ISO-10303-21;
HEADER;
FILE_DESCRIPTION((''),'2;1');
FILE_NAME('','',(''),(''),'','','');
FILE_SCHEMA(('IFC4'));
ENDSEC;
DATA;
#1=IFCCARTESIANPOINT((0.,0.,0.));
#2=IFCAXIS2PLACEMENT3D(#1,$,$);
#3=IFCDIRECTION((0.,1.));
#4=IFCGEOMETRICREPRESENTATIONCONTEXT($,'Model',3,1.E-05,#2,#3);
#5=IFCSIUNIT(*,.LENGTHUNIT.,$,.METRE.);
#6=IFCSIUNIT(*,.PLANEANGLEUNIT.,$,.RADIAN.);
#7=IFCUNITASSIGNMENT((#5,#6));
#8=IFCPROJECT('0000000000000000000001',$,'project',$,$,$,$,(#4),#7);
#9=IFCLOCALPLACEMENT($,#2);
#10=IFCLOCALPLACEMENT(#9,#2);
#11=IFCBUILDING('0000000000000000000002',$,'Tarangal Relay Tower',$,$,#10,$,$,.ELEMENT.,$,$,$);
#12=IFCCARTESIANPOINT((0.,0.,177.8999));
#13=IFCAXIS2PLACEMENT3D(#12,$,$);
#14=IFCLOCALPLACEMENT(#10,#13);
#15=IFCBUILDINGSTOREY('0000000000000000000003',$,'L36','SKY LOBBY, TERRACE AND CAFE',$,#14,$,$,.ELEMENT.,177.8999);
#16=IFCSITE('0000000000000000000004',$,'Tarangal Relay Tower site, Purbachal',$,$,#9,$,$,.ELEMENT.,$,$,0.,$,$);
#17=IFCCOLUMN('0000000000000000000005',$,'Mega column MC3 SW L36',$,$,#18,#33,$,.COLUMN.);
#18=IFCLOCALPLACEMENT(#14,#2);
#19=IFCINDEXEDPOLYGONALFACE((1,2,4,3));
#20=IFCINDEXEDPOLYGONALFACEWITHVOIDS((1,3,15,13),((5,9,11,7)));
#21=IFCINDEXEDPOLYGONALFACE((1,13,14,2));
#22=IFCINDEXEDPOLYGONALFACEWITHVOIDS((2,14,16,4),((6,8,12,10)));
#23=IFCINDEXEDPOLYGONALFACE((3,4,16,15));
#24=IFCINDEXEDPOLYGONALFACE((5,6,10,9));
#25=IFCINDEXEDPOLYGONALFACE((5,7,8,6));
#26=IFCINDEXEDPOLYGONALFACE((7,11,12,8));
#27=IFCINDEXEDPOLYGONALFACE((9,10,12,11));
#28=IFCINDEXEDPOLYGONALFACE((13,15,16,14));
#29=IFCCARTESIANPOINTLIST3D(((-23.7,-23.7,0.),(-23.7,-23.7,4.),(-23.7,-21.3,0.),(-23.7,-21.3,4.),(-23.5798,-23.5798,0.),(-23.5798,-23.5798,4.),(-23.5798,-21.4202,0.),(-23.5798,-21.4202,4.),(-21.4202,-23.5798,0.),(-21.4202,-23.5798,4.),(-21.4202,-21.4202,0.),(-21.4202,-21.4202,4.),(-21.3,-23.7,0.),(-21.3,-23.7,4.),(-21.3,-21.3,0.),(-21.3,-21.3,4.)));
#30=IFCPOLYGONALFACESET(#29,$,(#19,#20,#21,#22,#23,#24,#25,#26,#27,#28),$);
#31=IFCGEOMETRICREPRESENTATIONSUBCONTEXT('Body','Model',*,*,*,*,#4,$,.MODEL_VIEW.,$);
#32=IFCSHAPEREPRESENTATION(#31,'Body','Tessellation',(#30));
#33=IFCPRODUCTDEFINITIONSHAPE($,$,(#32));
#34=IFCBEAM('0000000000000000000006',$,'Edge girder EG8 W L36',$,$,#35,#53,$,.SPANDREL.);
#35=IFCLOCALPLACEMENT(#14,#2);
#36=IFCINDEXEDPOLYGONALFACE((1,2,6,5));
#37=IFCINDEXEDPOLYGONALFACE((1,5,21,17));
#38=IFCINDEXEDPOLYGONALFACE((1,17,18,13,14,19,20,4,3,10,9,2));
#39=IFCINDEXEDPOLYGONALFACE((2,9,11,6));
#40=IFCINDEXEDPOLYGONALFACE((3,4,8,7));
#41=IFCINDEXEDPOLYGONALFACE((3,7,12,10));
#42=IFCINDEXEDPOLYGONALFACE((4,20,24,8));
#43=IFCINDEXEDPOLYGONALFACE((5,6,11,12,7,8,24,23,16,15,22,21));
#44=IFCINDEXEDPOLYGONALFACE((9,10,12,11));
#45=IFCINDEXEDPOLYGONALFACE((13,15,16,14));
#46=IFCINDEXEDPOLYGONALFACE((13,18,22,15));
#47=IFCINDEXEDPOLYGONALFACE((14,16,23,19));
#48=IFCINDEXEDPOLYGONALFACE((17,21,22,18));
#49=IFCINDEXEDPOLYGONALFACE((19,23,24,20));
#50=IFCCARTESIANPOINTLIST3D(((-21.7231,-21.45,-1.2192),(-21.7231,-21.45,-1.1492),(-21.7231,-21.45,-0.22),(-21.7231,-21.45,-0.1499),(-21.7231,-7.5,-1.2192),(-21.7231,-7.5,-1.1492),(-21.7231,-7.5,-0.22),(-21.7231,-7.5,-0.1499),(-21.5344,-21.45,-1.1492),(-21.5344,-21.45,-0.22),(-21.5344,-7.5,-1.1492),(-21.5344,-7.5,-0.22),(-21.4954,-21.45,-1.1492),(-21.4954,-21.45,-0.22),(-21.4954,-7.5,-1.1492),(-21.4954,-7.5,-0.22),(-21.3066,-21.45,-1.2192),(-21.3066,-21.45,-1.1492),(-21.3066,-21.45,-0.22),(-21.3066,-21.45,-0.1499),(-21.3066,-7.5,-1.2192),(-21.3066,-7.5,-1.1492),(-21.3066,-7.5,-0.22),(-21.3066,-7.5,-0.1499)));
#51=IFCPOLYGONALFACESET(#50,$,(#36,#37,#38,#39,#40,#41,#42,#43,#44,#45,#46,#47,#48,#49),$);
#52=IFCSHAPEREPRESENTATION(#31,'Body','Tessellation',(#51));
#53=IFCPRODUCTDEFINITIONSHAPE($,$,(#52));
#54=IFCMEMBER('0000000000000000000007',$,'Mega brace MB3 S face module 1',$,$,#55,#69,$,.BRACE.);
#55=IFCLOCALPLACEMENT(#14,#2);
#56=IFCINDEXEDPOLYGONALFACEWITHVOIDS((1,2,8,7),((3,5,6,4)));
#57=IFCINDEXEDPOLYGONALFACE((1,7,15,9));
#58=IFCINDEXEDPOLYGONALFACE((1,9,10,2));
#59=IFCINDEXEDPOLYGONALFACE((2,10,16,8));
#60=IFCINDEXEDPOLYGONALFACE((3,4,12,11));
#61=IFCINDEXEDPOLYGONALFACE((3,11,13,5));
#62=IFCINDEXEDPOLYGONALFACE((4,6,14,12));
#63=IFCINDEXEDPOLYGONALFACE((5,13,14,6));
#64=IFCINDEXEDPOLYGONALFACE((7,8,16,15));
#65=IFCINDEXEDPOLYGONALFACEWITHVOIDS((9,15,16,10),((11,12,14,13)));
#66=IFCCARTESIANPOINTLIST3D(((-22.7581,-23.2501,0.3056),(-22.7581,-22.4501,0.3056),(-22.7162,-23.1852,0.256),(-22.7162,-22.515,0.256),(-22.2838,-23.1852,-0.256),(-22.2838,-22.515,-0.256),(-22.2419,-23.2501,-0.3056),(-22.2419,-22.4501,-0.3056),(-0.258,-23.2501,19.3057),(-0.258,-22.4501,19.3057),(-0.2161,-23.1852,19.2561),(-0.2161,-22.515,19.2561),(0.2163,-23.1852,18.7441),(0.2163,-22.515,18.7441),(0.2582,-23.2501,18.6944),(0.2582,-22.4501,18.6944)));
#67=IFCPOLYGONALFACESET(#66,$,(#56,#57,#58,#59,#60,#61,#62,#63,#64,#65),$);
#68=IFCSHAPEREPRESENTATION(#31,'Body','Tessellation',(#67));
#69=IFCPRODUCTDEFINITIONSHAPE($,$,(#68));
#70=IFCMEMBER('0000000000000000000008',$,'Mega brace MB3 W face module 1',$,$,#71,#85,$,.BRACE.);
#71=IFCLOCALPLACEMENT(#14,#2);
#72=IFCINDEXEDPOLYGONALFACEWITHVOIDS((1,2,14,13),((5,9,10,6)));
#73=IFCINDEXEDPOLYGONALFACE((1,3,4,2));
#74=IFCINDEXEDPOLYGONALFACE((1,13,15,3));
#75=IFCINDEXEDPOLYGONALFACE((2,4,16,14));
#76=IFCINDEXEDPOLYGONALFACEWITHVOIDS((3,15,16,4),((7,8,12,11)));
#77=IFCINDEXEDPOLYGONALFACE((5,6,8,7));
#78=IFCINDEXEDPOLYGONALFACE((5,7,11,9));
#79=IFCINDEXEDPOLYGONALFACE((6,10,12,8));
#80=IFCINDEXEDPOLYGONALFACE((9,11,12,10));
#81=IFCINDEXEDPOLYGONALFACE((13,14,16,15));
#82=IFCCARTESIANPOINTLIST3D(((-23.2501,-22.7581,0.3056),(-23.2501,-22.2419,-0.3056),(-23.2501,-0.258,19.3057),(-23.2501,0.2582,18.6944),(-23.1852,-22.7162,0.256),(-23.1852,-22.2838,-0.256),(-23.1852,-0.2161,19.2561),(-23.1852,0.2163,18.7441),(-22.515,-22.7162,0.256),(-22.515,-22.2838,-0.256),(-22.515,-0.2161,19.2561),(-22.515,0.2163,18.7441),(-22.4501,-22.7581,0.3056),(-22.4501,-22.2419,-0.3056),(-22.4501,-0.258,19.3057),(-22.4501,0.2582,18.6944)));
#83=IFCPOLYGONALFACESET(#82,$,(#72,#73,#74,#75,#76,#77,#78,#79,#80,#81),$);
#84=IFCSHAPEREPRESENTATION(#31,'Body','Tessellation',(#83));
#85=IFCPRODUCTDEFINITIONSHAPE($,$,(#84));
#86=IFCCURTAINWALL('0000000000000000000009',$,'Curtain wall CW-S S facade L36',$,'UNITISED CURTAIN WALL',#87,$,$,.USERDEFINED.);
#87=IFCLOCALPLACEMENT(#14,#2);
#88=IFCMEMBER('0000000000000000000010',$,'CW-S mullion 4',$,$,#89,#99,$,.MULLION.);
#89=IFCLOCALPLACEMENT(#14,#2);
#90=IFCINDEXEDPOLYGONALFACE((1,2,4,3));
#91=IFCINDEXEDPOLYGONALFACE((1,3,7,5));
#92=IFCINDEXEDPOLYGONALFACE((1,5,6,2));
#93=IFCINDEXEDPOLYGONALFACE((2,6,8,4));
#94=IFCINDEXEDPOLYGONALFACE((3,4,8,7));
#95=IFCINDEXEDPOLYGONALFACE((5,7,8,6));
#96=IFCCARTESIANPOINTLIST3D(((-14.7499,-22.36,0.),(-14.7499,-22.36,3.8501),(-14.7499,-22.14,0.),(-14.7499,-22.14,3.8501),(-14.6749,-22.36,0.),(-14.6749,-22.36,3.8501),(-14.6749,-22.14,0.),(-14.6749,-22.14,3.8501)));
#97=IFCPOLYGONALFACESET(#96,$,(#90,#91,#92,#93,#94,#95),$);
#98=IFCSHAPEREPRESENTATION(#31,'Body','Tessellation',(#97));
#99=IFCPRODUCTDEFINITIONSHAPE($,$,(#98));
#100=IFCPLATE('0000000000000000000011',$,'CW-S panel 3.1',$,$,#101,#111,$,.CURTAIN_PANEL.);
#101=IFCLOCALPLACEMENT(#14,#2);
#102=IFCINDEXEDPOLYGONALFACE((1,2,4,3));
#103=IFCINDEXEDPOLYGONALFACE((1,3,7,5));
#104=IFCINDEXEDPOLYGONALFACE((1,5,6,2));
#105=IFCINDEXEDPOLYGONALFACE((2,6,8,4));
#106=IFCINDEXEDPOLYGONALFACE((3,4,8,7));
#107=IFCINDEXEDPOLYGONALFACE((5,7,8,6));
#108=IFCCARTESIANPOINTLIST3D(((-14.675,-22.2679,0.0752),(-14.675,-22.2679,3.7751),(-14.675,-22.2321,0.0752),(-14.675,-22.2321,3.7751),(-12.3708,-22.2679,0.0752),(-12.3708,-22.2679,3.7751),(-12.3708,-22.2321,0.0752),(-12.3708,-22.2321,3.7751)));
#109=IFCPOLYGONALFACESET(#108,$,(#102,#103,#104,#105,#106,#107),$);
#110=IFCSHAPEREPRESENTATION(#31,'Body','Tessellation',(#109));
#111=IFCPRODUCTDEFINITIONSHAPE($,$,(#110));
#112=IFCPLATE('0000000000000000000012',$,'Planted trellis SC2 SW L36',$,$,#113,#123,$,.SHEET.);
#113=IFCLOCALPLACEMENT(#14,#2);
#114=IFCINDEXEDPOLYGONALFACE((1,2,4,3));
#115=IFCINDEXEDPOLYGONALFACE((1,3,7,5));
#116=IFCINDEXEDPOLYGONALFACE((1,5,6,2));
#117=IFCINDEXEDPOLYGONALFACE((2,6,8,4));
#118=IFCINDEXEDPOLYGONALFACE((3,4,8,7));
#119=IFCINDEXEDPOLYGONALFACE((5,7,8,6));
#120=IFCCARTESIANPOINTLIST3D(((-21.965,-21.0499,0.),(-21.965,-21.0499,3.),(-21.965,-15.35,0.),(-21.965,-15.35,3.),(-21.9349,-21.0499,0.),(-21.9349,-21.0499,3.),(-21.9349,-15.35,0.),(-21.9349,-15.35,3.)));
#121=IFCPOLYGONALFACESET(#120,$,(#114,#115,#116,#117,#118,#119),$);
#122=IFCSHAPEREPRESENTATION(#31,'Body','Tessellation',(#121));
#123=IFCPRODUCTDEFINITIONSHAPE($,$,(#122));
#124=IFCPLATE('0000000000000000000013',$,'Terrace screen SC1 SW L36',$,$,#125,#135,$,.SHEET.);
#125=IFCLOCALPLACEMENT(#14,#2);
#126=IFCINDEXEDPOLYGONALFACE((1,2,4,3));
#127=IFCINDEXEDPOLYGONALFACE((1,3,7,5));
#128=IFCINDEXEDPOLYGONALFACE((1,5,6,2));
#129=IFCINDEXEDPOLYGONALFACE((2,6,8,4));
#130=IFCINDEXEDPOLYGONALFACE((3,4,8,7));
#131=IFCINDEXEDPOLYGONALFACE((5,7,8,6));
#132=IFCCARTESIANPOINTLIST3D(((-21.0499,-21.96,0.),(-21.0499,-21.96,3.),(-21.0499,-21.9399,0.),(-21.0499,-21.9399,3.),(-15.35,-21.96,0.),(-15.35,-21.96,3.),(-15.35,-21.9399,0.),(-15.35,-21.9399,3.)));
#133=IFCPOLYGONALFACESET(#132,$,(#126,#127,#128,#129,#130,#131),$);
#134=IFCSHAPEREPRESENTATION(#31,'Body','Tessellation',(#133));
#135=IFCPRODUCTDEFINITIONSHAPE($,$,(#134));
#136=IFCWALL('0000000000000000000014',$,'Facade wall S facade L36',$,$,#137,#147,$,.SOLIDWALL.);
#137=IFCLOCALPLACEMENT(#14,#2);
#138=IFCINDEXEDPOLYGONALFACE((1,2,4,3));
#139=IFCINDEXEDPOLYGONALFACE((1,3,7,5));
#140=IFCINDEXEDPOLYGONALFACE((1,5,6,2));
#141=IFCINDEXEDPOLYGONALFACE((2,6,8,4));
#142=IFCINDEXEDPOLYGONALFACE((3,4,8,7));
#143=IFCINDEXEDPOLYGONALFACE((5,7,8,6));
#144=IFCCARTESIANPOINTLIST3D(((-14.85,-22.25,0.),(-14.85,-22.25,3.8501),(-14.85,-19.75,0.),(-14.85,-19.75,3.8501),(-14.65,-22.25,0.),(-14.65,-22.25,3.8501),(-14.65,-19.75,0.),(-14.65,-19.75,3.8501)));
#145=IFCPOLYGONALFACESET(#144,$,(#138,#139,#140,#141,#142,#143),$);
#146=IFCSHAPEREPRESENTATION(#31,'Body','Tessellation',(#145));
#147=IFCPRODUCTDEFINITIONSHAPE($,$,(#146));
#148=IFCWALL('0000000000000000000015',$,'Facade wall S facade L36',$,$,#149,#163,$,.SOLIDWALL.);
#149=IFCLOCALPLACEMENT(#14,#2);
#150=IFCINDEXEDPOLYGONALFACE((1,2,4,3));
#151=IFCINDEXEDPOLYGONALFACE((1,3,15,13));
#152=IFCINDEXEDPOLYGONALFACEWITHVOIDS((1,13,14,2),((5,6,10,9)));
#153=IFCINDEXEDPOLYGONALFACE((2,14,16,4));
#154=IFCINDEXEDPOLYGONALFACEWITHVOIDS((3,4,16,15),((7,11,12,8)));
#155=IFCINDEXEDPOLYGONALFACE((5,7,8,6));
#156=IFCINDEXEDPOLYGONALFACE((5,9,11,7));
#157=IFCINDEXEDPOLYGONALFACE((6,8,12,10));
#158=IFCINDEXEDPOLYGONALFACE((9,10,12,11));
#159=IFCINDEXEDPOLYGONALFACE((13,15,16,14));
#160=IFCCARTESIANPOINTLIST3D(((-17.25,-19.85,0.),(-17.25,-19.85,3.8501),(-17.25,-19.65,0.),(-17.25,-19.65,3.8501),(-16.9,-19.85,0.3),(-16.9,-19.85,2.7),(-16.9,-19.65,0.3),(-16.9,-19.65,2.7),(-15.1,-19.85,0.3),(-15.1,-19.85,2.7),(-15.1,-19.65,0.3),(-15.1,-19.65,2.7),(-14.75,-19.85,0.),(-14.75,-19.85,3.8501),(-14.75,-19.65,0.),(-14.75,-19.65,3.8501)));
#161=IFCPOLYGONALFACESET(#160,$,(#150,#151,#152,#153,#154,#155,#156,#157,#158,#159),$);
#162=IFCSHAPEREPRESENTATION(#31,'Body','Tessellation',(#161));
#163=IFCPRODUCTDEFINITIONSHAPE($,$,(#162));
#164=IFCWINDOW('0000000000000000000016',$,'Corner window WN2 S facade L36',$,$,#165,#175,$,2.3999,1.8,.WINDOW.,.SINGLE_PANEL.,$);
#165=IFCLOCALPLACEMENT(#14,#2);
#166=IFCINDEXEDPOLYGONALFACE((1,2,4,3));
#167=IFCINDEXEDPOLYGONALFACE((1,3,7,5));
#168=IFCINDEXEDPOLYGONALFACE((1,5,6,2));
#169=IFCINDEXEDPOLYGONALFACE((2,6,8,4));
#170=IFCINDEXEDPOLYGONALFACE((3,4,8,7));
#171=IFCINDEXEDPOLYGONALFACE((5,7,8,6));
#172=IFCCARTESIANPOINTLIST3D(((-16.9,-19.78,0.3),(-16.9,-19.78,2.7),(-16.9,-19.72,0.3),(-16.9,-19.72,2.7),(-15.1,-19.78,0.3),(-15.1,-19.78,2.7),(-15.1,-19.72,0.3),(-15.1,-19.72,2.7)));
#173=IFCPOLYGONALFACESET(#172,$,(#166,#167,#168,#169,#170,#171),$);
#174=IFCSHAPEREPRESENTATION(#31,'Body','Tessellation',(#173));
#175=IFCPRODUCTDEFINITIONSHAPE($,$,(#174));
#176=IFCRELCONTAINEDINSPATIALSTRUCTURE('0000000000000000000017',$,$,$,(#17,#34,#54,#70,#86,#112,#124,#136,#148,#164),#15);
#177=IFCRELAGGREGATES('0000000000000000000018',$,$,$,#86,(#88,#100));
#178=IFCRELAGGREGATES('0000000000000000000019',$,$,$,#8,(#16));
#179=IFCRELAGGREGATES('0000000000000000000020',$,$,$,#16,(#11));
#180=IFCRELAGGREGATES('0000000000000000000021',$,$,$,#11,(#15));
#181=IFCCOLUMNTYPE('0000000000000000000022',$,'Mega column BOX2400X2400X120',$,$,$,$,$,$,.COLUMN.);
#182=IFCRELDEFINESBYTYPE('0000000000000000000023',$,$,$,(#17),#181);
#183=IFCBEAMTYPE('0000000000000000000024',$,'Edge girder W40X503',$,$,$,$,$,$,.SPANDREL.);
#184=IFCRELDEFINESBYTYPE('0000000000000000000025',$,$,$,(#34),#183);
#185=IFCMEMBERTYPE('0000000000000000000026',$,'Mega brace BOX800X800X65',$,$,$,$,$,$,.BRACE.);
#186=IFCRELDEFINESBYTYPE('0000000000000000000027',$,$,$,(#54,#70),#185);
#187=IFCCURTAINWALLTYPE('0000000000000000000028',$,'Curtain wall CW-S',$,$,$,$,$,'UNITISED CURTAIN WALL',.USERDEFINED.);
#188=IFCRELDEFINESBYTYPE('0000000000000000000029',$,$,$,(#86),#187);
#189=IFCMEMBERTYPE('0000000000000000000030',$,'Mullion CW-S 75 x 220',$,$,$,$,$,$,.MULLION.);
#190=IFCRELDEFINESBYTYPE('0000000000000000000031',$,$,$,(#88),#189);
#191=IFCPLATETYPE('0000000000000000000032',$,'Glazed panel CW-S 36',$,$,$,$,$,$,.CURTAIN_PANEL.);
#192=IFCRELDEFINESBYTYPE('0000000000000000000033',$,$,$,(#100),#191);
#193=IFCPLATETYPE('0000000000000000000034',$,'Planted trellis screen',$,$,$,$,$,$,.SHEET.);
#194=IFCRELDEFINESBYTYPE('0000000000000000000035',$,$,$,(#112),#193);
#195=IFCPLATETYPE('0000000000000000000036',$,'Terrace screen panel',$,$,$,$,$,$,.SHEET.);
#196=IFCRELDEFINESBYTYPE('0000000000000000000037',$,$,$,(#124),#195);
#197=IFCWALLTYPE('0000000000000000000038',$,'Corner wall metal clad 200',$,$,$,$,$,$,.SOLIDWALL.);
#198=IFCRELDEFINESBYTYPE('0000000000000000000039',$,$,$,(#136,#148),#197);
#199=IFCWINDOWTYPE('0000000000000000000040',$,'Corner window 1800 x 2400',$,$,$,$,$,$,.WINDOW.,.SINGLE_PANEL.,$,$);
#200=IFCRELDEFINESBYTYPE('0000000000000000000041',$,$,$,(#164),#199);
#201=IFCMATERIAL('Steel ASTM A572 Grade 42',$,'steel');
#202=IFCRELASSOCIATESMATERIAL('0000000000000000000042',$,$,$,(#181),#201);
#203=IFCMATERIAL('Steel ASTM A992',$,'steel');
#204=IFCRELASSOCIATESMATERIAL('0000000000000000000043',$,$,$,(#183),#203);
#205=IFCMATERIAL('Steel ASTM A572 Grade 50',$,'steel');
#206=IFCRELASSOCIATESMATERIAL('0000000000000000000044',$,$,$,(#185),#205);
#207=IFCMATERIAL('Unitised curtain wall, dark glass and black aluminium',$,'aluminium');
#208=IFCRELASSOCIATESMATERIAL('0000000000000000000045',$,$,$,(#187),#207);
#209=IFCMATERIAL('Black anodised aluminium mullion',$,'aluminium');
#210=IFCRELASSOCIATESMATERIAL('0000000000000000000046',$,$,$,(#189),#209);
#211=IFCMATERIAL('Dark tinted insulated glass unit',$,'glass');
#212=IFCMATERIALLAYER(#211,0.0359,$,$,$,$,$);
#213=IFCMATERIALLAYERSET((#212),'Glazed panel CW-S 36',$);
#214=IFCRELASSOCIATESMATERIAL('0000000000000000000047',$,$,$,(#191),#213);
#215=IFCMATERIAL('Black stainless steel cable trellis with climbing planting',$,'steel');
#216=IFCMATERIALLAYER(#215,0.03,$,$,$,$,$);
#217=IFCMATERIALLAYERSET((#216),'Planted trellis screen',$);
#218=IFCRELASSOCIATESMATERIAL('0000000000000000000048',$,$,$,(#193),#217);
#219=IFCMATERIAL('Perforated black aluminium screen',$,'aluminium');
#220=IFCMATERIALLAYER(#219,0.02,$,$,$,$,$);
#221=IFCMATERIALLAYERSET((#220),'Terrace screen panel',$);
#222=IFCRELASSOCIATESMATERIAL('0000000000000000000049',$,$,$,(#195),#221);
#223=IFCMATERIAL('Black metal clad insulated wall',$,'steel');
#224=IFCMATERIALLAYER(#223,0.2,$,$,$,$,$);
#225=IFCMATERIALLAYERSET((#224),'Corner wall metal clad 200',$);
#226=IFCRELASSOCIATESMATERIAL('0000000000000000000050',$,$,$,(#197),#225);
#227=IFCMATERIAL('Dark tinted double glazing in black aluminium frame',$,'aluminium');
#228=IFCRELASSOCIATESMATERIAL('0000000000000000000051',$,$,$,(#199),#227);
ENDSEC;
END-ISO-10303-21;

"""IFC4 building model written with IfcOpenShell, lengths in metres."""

from ifc_helpers import new_model, si_unit, direction, frame, frame_2d, origin, origin_2d, place, context, subcontext, project, spatial, rectangle, hollow_rectangle, i_section, extrude, material, layer, layer_set, material_profile, profile_set, type_object, element, fill, aggregate, save


model = new_model("IFC4")

# Units and contexts
model_context = context("Model", 3, precision=1e-05, world=origin(), true_north=direction((0.0, 1.0)))
body_context = subcontext(model_context, "Body", "Model", "MODEL_VIEW")
ifc_project = project(units=[si_unit("LENGTHUNIT", "METRE"), si_unit("PLANEANGLEUNIT", "RADIAN")], contexts=[model_context])

# Site, building, storey
site_placement = place(None, origin())
site = spatial("IfcSite", under=ifc_project, at=site_placement, Name="Tarangal Relay Tower site, Purbachal", CompositionType="ELEMENT", RefElevation=0.0)
building_placement = place(site_placement, origin())
building = spatial("IfcBuilding", under=site, at=building_placement, Name="Tarangal Relay Tower", CompositionType="ELEMENT")
storey_placement = place(building_placement, frame((0.0, 0.0, 177.8999)))
storey = spatial("IfcBuildingStorey", under=building, at=storey_placement, Name="L36", Description="SKY LOBBY, TERRACE AND CAFE", CompositionType="ELEMENT", Elevation=177.8999)

# Column
ifc_material_1 = material(Name="Steel ASTM A572 Grade 42", Category="steel")
ifc_material_profile_1 = material_profile(ifc_material_1, hollow_rectangle(XDim=2.3999, YDim=2.3999, WallThickness=0.1201, at=origin_2d()), Name="BOX2400X2400X120")
ifc_profile_set_1 = profile_set([ifc_material_profile_1], Name="Steel ASTM A572 Grade 42")
column_type = type_object("IfcColumnType", Name="Mega column BOX2400X2400X120", PredefinedType="COLUMN", material=ifc_profile_set_1)
column_placement = place(storey_placement, frame((-22.5, -22.5, 0.0), z_axis=(0.0, 0.0, 1.0), x_axis=(1.0, 0.0, 0.0)))
element("IfcColumn", 1, at=column_placement, inside=storey, type_object=column_type, Name="Mega column MC3 SW L36", PredefinedType="COLUMN", context=body_context, shape_type="SweptSolid", body=[
    extrude(hollow_rectangle(XDim=2.3999, YDim=2.3999, WallThickness=0.1201, at=origin_2d()), origin(), (0.0, 0.0, 1.0), 4.0),
])

# Beam
ifc_material_2 = material(Name="Steel ASTM A992", Category="steel")
ifc_material_profile_2 = material_profile(ifc_material_2, i_section(OverallWidth=0.4165, OverallDepth=1.0693, WebThickness=0.0391, FlangeThickness=0.0701, at=origin_2d()), Name="W40X503")
ifc_profile_set_2 = profile_set([ifc_material_profile_2], Name="Steel ASTM A992")
beam_type = type_object("IfcBeamType", Name="Edge girder W40X503", PredefinedType="SPANDREL", material=ifc_profile_set_2)
beam_placement = place(storey_placement, frame((-21.5149, -21.45, -0.6846), z_axis=(0.0, 1.0, 0.0), x_axis=(-1.0, 0.0, 0.0)))
element("IfcBeam", 2, at=beam_placement, inside=storey, type_object=beam_type, Name="Edge girder EG8 W L36", PredefinedType="SPANDREL", context=body_context, shape_type="SweptSolid", body=[
    extrude(i_section(OverallWidth=0.4165, OverallDepth=1.0693, WebThickness=0.0391, FlangeThickness=0.0701, at=origin_2d()), origin(), (0.0, 0.0, 1.0), 13.95),
])

# Members
ifc_material_3 = material(Name="Steel ASTM A572 Grade 50", Category="steel")
ifc_material_profile_3 = material_profile(ifc_material_3, hollow_rectangle(XDim=0.8, YDim=0.8, WallThickness=0.0649, at=origin_2d()), Name="BOX800X800X65")
ifc_profile_set_3 = profile_set([ifc_material_profile_3], Name="Steel ASTM A572 Grade 50")
member_type_1 = type_object("IfcMemberType", Name="Mega brace BOX800X800X65", PredefinedType="BRACE", material=ifc_profile_set_3)
for number, where, z_axis, x_axis, name in (
    (3, (-22.5, -22.8501, 0.0), (0.76403, 0.0, 0.645181), (0.0, 1.0, 0.0), "Mega brace MB3 S face module 1"),
    (4, (-22.8501, -22.5, 0.0), (0.0, 0.76403, 0.645181), (-1.0, 0.0, 0.0), "Mega brace MB3 W face module 1"),
):
    element("IfcMember", number, at=place(storey_placement, frame(where, z_axis=z_axis, x_axis=x_axis)), inside=storey, type_object=member_type_1, Name=name, PredefinedType="BRACE", context=body_context, shape_type="SweptSolid", body=[
        extrude(hollow_rectangle(XDim=0.8, YDim=0.8, WallThickness=0.0649, at=origin_2d()), origin(), (0.0, 0.0, 1.0), 29.4492),
    ])

# Curtain wall, member, plate
ifc_material_4 = material(Name="Unitised curtain wall, dark glass and black aluminium", Category="aluminium")
curtain_wall_type = type_object("IfcCurtainWallType", Name="Curtain wall CW-S", ElementType="UNITISED CURTAIN WALL", PredefinedType="USERDEFINED", material=ifc_material_4)
curtain_wall_placement = place(storey_placement, origin())
curtain_wall = element("IfcCurtainWall", 5, at=curtain_wall_placement, inside=storey, type_object=curtain_wall_type, Name="Curtain wall CW-S S facade L36", ObjectType="UNITISED CURTAIN WALL", PredefinedType="USERDEFINED")
ifc_material_5 = material(Name="Black anodised aluminium mullion", Category="aluminium")
ifc_material_profile_4 = material_profile(ifc_material_5, rectangle(XDim=0.22, YDim=0.075, at=origin_2d()), Name="CW-SM 75X220")
ifc_profile_set_4 = profile_set([ifc_material_profile_4], Name="Black anodised aluminium mullion")
member_type_2 = type_object("IfcMemberType", Name="Mullion CW-S 75 x 220", PredefinedType="MULLION", material=ifc_profile_set_4)
member_placement = place(storey_placement, frame((-14.7124, -22.25, 0.0), z_axis=(0.0, 0.0, 1.0), x_axis=(0.0, -1.0, 0.0)))
member = element("IfcMember", 6, at=member_placement, type_object=member_type_2, Name="CW-S mullion 4", PredefinedType="MULLION", context=body_context, shape_type="SweptSolid", body=[
    extrude(rectangle(XDim=0.22, YDim=0.075, at=origin_2d()), origin(), (0.0, 0.0, 1.0), 3.8501),
])
ifc_material_6 = material(Name="Dark tinted insulated glass unit", Category="glass")
ifc_layer_1 = layer(ifc_material_6, 0.0359)
ifc_layer_set_1 = layer_set([ifc_layer_1], Name="Glazed panel CW-S 36")
plate_type_1 = type_object("IfcPlateType", Name="Glazed panel CW-S 36", PredefinedType="CURTAIN_PANEL", material=ifc_layer_set_1)
plate_1_placement = place(storey_placement, frame((-13.5229, -22.25, 0.0752), z_axis=(0.0, 0.0, 1.0), x_axis=(-1.0, 0.0, 0.0)))
plate_1 = element("IfcPlate", 7, at=plate_1_placement, type_object=plate_type_1, Name="CW-S panel 3.1", PredefinedType="CURTAIN_PANEL", context=body_context, shape_type="SweptSolid", body=[
    extrude(rectangle(XDim=2.3042, YDim=0.0359, at=origin_2d()), origin(), (0.0, 0.0, 1.0), 3.7),
])
aggregate(curtain_wall, [member, plate_1])

# Plates
ifc_material_7 = material(Name="Black stainless steel cable trellis with climbing planting", Category="steel")
ifc_layer_2 = layer(ifc_material_7, 0.03)
ifc_layer_set_2 = layer_set([ifc_layer_2], Name="Planted trellis screen")
plate_type_2 = type_object("IfcPlateType", Name="Planted trellis screen", PredefinedType="SHEET", material=ifc_layer_set_2)
plate_2_placement = place(storey_placement, frame((-21.95, -18.2, 0.0), z_axis=(0.0, 0.0, 1.0), x_axis=(0.0, 1.0, 0.0)))
element("IfcPlate", 8, at=plate_2_placement, inside=storey, type_object=plate_type_2, Name="Planted trellis SC2 SW L36", PredefinedType="SHEET", context=body_context, shape_type="SweptSolid", body=[
    extrude(rectangle(XDim=5.7, YDim=0.03, at=origin_2d()), origin(), (0.0, 0.0, 1.0), 3.0),
])
ifc_material_8 = material(Name="Perforated black aluminium screen", Category="aluminium")
ifc_layer_3 = layer(ifc_material_8, 0.02)
ifc_layer_set_3 = layer_set([ifc_layer_3], Name="Terrace screen panel")
plate_type_3 = type_object("IfcPlateType", Name="Terrace screen panel", PredefinedType="SHEET", material=ifc_layer_set_3)
plate_3_placement = place(storey_placement, frame((-18.2, -21.95, 0.0), z_axis=(0.0, 0.0, 1.0), x_axis=(-1.0, 0.0, 0.0)))
element("IfcPlate", 9, at=plate_3_placement, inside=storey, type_object=plate_type_3, Name="Terrace screen SC1 SW L36", PredefinedType="SHEET", context=body_context, shape_type="SweptSolid", body=[
    extrude(rectangle(XDim=5.7, YDim=0.02, at=origin_2d()), origin(), (0.0, 0.0, 1.0), 3.0),
])

# Wall
ifc_material_9 = material(Name="Black metal clad insulated wall", Category="steel")
ifc_layer_4 = layer(ifc_material_9, 0.2)
ifc_layer_set_4 = layer_set([ifc_layer_4], Name="Corner wall metal clad 200")
wall_type = type_object("IfcWallType", Name="Corner wall metal clad 200", PredefinedType="SOLIDWALL", material=ifc_layer_set_4)
wall_1_placement = place(storey_placement, frame((-14.75, -22.25, 0.0), z_axis=(0.0, 0.0, 1.0), x_axis=(0.0, 1.0, 0.0)))
element("IfcWall", 10, at=wall_1_placement, inside=storey, type_object=wall_type, Name="Facade wall S facade L36", PredefinedType="SOLIDWALL", context=body_context, shape_type="SweptSolid", body=[
    extrude(rectangle(XDim=2.5, YDim=0.2, at=frame_2d((1.25, 0.0))), origin(), (0.0, 0.0, 1.0), 3.8501),
])

# Wall, opening, window
wall_2_placement = place(storey_placement, frame((-14.75, -19.75, 0.0), z_axis=(0.0, 0.0, 1.0), x_axis=(-1.0, 0.0, 0.0)))
wall_2 = element("IfcWall", 11, at=wall_2_placement, inside=storey, type_object=wall_type, Name="Facade wall S facade L36", PredefinedType="SOLIDWALL", context=body_context, shape_type="SweptSolid", body=[
    extrude(rectangle(XDim=2.5, YDim=0.2, at=frame_2d((1.25, 0.0))), origin(), (0.0, 0.0, 1.0), 3.8501),
])
opening_1_placement = place(wall_2_placement, frame((0.3501, 0.0, 0.3)))
opening_1 = element("IfcOpeningElement", 12, at=opening_1_placement, cuts=wall_2, PredefinedType="OPENING", context=body_context, shape_type="SweptSolid", body=[
    extrude(rectangle(XDim=1.8, YDim=2.3999, at=frame_2d((0.8999, 1.2))), frame((0.0, 0.1099, 0.0), z_axis=(0.0, -1.0, 0.0), x_axis=(1.0, 0.0, 0.0)), (0.0, 0.0, 1.0), 0.22),
])
ifc_material_10 = material(Name="Dark tinted double glazing in black aluminium frame", Category="aluminium")
window_type = type_object("IfcWindowType", Name="Corner window 1800 x 2400", PartitioningType="SINGLE_PANEL", PredefinedType="WINDOW", material=ifc_material_10)
window_placement = place(opening_1_placement, origin())
window = element("IfcWindow", 13, at=window_placement, inside=storey, type_object=window_type, Name="Corner window WN2 S facade L36", OverallHeight=2.3999, OverallWidth=1.8, PartitioningType="SINGLE_PANEL", PredefinedType="WINDOW", context=body_context, shape_type="SweptSolid", body=[
    extrude(rectangle(XDim=1.8, YDim=2.3999, at=frame_2d((0.8999, 1.2))), frame((0.0, 0.03, 0.0), z_axis=(0.0, -1.0, 0.0), x_axis=(1.0, 0.0, 0.0)), (0.0, 0.0, 1.0), 0.0601),
])
fill(opening_1, window)

save(model, "model.ifc")
